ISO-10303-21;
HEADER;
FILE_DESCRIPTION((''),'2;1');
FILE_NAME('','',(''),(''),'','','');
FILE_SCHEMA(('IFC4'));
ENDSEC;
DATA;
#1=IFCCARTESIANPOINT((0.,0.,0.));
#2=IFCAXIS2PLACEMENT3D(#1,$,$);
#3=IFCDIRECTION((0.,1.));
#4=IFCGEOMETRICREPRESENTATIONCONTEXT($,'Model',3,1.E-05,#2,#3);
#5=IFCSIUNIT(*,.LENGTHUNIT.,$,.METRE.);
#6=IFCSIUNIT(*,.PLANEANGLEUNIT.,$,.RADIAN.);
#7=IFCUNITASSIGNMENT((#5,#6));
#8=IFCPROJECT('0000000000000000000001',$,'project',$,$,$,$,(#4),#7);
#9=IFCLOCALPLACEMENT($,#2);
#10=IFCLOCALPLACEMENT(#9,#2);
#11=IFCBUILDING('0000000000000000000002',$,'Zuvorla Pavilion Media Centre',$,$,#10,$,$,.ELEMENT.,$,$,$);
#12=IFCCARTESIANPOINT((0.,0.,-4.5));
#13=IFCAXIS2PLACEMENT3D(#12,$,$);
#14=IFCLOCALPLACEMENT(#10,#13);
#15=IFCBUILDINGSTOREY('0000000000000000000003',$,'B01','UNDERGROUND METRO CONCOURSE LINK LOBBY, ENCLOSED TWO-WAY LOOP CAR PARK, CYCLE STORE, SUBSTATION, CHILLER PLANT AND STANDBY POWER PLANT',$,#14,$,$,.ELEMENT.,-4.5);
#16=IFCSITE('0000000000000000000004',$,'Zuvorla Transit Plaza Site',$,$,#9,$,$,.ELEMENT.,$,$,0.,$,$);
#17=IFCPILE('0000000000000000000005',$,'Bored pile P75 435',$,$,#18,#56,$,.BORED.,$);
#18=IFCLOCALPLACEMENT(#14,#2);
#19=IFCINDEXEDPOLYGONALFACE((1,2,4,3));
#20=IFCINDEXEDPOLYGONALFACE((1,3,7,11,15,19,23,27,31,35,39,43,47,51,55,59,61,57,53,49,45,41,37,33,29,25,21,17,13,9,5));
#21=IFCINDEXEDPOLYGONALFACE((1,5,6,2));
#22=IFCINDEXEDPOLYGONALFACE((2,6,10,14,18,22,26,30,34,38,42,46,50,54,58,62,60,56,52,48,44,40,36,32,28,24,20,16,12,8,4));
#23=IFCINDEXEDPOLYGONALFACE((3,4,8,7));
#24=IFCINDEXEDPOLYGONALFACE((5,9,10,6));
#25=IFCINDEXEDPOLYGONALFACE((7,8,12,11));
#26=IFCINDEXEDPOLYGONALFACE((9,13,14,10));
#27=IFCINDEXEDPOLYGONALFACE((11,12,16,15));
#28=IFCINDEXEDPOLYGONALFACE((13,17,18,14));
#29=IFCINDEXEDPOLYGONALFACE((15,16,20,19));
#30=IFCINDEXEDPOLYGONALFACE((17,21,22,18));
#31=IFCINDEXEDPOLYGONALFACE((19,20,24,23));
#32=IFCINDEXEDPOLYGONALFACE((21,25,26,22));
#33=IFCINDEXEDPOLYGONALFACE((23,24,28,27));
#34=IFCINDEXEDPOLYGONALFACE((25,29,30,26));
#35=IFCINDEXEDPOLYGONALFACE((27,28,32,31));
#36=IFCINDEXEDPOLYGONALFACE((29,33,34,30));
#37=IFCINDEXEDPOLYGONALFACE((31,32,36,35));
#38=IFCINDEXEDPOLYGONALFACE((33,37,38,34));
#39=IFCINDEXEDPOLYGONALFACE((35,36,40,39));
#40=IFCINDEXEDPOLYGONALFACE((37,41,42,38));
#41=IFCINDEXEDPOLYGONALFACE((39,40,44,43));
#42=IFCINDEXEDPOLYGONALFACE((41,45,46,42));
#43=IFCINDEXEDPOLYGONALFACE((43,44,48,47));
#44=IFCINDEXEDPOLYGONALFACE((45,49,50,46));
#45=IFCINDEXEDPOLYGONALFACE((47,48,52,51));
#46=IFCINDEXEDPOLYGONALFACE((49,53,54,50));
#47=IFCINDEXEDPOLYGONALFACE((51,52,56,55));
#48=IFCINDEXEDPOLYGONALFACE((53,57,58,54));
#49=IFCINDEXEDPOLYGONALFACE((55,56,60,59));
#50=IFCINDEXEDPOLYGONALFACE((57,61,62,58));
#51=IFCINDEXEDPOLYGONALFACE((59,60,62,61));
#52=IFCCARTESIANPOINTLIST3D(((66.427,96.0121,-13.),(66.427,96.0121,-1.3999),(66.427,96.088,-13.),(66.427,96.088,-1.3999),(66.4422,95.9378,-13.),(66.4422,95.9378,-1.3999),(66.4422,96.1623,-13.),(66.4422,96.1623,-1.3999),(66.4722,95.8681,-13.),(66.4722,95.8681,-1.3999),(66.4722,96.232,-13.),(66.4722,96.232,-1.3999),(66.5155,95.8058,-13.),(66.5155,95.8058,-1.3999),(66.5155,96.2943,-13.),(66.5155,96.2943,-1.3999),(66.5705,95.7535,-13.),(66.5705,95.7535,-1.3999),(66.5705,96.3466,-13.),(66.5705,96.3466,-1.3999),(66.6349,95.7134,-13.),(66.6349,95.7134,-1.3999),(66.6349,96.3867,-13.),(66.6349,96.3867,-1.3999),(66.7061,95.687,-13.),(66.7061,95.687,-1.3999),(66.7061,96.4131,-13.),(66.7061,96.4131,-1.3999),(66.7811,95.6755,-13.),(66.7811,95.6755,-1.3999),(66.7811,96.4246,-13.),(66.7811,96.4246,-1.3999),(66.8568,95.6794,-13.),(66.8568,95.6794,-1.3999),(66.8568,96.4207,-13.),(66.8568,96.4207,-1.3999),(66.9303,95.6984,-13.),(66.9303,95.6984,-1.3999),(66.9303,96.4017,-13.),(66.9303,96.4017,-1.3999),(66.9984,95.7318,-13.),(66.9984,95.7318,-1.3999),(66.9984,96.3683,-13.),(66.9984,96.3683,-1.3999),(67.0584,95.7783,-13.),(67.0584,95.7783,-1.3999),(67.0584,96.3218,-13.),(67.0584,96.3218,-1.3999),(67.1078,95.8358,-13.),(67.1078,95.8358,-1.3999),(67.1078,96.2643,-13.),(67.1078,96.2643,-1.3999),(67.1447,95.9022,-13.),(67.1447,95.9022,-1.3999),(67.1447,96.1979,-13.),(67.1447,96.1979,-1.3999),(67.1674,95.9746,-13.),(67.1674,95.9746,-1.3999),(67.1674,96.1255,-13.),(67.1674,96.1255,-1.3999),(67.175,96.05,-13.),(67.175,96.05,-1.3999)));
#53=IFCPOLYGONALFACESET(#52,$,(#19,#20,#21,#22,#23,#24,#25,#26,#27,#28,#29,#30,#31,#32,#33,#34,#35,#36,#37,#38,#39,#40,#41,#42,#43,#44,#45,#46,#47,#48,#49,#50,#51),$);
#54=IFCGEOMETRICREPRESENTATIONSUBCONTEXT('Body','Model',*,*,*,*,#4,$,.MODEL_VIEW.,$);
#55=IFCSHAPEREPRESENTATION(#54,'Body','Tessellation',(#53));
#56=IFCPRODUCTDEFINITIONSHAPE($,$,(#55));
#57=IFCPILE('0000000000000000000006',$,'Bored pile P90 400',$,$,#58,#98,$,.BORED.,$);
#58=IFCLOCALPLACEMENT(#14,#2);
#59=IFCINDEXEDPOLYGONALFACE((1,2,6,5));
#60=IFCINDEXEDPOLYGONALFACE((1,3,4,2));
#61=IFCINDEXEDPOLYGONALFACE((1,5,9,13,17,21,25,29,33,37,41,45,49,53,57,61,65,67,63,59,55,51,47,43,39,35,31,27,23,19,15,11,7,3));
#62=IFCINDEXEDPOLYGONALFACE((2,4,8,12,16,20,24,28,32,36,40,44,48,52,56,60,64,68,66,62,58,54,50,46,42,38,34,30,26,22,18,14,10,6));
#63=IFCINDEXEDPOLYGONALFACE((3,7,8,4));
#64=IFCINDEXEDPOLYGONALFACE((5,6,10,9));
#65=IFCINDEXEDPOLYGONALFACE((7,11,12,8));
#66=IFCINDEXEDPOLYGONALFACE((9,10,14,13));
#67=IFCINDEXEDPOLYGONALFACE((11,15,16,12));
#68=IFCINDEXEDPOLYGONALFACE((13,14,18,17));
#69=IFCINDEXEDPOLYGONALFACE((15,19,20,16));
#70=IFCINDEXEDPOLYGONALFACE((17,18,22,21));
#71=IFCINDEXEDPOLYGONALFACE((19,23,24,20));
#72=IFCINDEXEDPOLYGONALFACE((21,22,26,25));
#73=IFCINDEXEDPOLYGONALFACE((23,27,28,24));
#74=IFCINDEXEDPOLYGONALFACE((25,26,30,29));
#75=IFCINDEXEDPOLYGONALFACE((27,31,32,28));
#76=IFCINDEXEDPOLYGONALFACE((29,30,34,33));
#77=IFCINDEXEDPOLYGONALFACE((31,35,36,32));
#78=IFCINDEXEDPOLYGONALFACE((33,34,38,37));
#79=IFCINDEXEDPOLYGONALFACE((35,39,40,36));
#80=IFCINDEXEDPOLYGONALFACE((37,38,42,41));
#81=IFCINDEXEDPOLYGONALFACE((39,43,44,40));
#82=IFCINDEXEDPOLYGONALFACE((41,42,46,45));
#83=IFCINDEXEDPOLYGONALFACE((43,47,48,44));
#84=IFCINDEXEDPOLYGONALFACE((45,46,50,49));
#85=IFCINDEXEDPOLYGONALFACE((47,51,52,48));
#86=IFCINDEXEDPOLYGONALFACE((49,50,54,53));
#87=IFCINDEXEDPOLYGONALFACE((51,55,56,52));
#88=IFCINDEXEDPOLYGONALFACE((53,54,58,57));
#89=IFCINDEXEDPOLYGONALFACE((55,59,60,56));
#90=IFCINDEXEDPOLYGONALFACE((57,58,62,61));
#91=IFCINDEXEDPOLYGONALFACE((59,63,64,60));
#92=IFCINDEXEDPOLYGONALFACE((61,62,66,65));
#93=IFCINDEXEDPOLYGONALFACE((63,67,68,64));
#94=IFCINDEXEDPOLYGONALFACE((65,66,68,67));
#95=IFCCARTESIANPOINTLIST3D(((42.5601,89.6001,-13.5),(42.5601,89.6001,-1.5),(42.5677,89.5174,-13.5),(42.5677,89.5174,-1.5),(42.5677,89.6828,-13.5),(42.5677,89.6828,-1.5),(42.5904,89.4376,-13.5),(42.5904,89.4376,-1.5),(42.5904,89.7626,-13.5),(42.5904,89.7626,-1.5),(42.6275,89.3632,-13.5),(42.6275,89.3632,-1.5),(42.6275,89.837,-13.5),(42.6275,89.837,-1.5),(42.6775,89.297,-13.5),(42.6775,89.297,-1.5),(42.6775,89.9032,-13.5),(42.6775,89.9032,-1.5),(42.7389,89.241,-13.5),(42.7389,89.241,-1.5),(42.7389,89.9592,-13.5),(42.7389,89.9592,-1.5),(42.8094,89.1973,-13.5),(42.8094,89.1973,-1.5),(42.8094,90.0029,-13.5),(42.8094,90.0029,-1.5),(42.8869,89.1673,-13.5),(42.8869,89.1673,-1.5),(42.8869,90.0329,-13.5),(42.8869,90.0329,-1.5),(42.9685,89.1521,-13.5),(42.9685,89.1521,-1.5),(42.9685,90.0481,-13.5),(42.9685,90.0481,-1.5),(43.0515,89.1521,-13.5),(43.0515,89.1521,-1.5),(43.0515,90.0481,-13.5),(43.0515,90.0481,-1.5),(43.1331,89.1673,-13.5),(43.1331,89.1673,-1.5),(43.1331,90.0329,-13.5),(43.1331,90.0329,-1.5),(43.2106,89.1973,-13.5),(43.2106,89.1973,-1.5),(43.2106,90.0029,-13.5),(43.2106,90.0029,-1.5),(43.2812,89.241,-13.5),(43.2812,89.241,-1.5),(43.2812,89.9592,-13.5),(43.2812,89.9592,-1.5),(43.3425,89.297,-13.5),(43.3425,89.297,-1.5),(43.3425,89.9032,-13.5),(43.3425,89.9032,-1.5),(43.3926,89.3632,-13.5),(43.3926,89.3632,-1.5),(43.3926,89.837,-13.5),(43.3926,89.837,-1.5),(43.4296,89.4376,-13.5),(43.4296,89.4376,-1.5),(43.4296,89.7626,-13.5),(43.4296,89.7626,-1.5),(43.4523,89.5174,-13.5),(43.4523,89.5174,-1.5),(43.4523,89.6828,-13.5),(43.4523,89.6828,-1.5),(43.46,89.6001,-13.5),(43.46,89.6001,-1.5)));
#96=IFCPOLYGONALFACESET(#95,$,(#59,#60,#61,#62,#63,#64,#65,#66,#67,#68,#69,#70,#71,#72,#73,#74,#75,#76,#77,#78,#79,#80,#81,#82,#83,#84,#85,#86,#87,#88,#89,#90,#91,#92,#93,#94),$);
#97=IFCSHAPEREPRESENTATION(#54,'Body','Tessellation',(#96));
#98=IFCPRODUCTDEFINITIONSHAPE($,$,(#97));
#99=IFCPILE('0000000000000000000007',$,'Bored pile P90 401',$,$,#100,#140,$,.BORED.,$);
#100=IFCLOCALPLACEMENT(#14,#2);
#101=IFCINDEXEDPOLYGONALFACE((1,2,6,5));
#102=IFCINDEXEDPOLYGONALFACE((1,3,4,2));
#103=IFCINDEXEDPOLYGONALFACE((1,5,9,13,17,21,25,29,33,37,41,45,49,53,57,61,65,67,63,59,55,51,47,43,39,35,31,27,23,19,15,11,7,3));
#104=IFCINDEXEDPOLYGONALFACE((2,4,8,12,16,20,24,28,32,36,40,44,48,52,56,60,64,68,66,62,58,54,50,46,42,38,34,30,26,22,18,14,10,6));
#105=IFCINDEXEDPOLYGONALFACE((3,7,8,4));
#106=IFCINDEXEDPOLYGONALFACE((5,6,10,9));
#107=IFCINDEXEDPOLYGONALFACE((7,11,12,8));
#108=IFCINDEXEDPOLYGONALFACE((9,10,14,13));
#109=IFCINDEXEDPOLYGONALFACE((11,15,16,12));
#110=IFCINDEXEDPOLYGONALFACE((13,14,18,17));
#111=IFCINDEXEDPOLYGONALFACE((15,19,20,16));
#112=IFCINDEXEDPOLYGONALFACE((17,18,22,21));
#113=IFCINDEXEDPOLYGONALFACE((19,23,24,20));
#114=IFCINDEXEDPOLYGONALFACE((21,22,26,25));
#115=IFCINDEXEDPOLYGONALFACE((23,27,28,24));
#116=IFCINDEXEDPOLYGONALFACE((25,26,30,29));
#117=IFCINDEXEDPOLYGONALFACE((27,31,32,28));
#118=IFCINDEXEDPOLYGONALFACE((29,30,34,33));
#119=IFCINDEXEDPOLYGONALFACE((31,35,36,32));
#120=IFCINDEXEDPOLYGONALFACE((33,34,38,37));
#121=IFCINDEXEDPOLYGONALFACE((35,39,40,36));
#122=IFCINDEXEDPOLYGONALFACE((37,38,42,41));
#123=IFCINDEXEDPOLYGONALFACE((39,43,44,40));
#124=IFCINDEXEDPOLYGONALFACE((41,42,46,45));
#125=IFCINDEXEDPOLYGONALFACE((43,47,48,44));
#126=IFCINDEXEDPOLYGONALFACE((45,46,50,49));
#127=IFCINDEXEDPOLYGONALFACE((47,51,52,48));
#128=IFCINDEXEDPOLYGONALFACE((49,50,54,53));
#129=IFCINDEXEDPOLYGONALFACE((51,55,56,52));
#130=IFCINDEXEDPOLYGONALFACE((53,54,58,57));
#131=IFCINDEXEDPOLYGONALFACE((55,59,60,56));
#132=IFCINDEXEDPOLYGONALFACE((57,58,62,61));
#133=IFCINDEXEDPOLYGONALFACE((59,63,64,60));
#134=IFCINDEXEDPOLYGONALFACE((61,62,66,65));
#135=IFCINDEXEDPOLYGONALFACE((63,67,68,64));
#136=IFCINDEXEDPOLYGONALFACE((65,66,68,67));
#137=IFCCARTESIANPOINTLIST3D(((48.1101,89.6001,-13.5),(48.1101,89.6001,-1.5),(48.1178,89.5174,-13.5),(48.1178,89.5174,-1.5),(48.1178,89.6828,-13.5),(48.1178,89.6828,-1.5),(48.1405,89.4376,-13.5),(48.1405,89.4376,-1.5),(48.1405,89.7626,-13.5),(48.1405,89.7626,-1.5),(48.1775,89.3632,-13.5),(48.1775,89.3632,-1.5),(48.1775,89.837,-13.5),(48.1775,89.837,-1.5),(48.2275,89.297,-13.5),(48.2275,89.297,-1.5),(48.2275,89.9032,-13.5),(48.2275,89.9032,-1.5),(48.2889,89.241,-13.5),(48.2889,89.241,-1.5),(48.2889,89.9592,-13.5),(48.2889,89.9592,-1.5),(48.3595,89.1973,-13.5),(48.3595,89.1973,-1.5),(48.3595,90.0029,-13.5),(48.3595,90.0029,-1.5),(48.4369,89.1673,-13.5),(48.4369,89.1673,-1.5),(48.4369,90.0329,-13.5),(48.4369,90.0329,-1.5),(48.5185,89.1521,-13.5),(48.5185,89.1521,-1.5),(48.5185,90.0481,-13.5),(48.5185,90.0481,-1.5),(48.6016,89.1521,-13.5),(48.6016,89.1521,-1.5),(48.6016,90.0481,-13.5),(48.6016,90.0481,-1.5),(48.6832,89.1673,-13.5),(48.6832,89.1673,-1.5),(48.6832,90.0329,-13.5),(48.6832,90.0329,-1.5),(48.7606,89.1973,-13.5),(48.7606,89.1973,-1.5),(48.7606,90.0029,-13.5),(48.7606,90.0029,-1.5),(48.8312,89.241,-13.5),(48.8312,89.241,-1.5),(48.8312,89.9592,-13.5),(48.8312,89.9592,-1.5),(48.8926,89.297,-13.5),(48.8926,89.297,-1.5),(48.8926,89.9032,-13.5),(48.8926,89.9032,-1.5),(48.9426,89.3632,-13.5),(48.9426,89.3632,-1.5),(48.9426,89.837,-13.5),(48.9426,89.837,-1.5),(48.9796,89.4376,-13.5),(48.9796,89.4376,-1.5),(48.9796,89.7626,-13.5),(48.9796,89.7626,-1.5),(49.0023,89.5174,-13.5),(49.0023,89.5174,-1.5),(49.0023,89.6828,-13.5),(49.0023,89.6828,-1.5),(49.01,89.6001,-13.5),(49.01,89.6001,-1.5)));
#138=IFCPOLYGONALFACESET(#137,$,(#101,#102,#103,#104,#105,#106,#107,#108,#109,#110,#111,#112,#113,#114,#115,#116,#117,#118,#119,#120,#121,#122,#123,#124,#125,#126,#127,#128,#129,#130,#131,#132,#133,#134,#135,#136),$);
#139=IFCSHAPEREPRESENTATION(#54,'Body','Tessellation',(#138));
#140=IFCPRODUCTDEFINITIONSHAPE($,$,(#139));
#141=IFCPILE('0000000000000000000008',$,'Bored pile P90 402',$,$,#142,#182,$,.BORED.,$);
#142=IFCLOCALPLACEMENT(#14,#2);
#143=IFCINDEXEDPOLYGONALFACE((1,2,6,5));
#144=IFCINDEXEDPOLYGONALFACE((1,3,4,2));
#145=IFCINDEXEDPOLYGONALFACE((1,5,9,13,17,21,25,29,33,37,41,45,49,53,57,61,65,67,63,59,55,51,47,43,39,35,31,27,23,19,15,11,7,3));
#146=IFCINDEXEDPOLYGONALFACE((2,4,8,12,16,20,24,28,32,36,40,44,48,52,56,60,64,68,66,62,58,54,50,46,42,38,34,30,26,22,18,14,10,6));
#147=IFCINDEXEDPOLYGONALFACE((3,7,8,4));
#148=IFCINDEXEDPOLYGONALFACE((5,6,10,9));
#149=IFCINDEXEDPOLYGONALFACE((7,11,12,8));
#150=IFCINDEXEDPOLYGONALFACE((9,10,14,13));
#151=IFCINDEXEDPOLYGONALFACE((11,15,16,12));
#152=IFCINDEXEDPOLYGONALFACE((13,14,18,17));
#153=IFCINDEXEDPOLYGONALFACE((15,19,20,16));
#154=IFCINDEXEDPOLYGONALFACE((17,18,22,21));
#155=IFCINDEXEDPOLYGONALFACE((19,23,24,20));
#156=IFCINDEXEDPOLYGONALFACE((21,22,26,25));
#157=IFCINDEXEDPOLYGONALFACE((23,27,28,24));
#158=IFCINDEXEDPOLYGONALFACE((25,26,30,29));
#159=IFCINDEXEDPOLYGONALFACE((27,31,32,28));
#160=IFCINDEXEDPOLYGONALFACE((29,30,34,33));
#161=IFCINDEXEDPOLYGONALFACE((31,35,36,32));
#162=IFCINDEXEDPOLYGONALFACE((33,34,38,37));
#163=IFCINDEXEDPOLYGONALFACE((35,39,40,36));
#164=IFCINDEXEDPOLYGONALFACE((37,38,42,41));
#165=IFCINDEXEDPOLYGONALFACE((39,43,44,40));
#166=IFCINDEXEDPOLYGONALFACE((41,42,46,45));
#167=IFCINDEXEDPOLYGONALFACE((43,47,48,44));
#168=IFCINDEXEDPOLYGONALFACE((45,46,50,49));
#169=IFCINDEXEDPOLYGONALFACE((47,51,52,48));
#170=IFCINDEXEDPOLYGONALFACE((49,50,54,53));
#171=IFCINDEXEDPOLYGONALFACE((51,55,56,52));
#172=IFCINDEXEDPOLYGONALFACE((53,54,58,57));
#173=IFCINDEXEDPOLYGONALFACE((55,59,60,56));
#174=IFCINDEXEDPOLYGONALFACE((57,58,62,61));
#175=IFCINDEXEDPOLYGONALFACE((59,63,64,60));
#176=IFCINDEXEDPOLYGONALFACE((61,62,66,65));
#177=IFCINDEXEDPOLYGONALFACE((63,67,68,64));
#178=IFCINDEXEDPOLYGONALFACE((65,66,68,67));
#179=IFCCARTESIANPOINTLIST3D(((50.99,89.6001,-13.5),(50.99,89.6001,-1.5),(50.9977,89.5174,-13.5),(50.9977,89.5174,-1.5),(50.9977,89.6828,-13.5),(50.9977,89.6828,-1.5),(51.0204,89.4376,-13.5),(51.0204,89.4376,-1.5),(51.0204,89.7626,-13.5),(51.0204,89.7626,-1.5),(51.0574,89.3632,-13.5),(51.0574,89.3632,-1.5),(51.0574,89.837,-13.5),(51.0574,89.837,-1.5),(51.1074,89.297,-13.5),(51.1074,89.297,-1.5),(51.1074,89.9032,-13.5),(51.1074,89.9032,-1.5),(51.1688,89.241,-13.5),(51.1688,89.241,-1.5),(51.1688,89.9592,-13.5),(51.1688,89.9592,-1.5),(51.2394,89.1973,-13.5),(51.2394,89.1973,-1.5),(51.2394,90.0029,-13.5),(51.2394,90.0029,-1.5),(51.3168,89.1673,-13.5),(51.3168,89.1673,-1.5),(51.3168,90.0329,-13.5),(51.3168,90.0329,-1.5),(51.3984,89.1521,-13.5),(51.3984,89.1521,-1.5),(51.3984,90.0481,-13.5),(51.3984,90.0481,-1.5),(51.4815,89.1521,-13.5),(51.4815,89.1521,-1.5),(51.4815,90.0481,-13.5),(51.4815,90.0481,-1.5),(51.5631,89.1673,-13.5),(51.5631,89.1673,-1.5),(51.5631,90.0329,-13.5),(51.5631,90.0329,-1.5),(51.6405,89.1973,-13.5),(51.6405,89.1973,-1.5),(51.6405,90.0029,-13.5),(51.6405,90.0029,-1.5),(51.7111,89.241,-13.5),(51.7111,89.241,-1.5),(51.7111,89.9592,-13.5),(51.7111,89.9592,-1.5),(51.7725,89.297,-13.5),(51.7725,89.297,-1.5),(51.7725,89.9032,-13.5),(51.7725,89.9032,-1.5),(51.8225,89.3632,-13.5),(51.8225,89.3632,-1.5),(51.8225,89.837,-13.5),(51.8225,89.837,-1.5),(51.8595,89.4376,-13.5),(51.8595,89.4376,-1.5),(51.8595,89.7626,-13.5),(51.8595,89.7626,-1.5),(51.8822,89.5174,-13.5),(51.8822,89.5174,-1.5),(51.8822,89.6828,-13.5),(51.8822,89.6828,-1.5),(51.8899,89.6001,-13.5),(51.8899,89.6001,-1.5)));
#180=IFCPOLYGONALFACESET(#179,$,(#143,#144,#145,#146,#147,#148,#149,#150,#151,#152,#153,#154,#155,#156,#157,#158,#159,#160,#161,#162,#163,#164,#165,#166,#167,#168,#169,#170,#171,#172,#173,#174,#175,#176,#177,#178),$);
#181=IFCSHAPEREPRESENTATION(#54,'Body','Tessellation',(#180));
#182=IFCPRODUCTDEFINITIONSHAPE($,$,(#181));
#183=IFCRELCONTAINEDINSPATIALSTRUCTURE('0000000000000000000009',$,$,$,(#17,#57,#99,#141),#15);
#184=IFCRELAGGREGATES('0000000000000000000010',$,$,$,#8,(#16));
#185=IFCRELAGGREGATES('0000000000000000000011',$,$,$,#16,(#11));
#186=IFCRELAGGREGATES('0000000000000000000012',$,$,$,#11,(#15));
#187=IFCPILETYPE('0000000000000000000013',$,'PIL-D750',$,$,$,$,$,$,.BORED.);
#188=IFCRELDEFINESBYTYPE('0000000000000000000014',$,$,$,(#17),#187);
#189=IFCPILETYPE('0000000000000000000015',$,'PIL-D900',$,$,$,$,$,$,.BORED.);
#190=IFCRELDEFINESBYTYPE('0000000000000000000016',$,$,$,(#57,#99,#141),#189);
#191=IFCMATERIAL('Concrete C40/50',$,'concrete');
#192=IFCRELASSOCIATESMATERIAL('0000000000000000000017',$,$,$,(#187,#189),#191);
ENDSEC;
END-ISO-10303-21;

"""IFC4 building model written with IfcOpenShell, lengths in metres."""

from ifc_helpers import new_model, si_unit, direction, frame, origin, origin_2d, place, context, subcontext, project, spatial, circle, extrude, material, material_profile, profile_set, type_object, element, save


model = new_model("IFC4")

# Units and contexts
model_context = context("Model", 3, precision=1e-05, world=origin(), true_north=direction((0.0, 1.0)))
body_context = subcontext(model_context, "Body", "Model", "MODEL_VIEW")
ifc_project = project(units=[si_unit("LENGTHUNIT", "METRE"), si_unit("PLANEANGLEUNIT", "RADIAN")], contexts=[model_context])

# Site, building, storey
site_placement = place(None, origin())
site = spatial("IfcSite", under=ifc_project, at=site_placement, Name="Zuvorla Transit Plaza Site", CompositionType="ELEMENT", RefElevation=0.0)
building_placement = place(site_placement, origin())
building = spatial("IfcBuilding", under=site, at=building_placement, Name="Zuvorla Pavilion Media Centre", CompositionType="ELEMENT")
storey_placement = place(building_placement, frame((0.0, 0.0, -4.5)))
storey = spatial("IfcBuildingStorey", under=building, at=storey_placement, Name="B01", Description="UNDERGROUND METRO CONCOURSE LINK LOBBY, ENCLOSED TWO-WAY LOOP CAR PARK, CYCLE STORE, SUBSTATION, CHILLER PLANT AND STANDBY POWER PLANT", CompositionType="ELEMENT", Elevation=-4.5)

# Shared definitions
ifc_material_1 = material(Name="Concrete C40/50", Category="concrete")

# Piles
ifc_material_profile_1 = material_profile(ifc_material_1, circle(Radius=0.375, at=origin_2d()), Name="BORED PILE 750")
ifc_profile_set_1 = profile_set([ifc_material_profile_1], Name="Concrete C40/50")
pile_type_1 = type_object("IfcPileType", Name="PIL-D750", PredefinedType="BORED", material=ifc_profile_set_1)
for number, where, z_axis, x_axis, name in (
    (1, (66.8, 96.05, -1.3999), (0.0, 0.0, -1.0), (1.0, 0.0, 0.0), "Bored pile P75 435"),
):
    element("IfcPile", number, at=place(storey_placement, frame(where, z_axis=z_axis, x_axis=x_axis)), inside=storey, type_object=pile_type_1, Name=name, PredefinedType="BORED", context=body_context, shape_type="SweptSolid", body=[
        extrude(circle(Radius=0.375, at=origin_2d()), origin(), (0.0, 0.0, 1.0), 11.6001),
    ])
ifc_material_profile_2 = material_profile(ifc_material_1, circle(Radius=0.45, at=origin_2d()), Name="BORED PILE 900")
ifc_profile_set_2 = profile_set([ifc_material_profile_2], Name="Concrete C40/50")
pile_type_2 = type_object("IfcPileType", Name="PIL-D900", PredefinedType="BORED", material=ifc_profile_set_2)
for number, where, z_axis, x_axis, name in (
    (2, (43.01, 89.6001, -1.5), (0.0, 0.0, -1.0), (1.0, 0.0, 0.0), "Bored pile P90 400"),
    (3, (48.5601, 89.6001, -1.5), (0.0, 0.0, -1.0), (1.0, 0.0, 0.0), "Bored pile P90 401"),
    (4, (51.4399, 89.6001, -1.5), (0.0, 0.0, -1.0), (1.0, 0.0, 0.0), "Bored pile P90 402"),
):
    element("IfcPile", number, at=place(storey_placement, frame(where, z_axis=z_axis, x_axis=x_axis)), inside=storey, type_object=pile_type_2, Name=name, PredefinedType="BORED", context=body_context, shape_type="SweptSolid", body=[
        extrude(circle(Radius=0.45, at=origin_2d()), origin(), (0.0, 0.0, 1.0), 12.0),
    ])

save(model, "model.ifc")
